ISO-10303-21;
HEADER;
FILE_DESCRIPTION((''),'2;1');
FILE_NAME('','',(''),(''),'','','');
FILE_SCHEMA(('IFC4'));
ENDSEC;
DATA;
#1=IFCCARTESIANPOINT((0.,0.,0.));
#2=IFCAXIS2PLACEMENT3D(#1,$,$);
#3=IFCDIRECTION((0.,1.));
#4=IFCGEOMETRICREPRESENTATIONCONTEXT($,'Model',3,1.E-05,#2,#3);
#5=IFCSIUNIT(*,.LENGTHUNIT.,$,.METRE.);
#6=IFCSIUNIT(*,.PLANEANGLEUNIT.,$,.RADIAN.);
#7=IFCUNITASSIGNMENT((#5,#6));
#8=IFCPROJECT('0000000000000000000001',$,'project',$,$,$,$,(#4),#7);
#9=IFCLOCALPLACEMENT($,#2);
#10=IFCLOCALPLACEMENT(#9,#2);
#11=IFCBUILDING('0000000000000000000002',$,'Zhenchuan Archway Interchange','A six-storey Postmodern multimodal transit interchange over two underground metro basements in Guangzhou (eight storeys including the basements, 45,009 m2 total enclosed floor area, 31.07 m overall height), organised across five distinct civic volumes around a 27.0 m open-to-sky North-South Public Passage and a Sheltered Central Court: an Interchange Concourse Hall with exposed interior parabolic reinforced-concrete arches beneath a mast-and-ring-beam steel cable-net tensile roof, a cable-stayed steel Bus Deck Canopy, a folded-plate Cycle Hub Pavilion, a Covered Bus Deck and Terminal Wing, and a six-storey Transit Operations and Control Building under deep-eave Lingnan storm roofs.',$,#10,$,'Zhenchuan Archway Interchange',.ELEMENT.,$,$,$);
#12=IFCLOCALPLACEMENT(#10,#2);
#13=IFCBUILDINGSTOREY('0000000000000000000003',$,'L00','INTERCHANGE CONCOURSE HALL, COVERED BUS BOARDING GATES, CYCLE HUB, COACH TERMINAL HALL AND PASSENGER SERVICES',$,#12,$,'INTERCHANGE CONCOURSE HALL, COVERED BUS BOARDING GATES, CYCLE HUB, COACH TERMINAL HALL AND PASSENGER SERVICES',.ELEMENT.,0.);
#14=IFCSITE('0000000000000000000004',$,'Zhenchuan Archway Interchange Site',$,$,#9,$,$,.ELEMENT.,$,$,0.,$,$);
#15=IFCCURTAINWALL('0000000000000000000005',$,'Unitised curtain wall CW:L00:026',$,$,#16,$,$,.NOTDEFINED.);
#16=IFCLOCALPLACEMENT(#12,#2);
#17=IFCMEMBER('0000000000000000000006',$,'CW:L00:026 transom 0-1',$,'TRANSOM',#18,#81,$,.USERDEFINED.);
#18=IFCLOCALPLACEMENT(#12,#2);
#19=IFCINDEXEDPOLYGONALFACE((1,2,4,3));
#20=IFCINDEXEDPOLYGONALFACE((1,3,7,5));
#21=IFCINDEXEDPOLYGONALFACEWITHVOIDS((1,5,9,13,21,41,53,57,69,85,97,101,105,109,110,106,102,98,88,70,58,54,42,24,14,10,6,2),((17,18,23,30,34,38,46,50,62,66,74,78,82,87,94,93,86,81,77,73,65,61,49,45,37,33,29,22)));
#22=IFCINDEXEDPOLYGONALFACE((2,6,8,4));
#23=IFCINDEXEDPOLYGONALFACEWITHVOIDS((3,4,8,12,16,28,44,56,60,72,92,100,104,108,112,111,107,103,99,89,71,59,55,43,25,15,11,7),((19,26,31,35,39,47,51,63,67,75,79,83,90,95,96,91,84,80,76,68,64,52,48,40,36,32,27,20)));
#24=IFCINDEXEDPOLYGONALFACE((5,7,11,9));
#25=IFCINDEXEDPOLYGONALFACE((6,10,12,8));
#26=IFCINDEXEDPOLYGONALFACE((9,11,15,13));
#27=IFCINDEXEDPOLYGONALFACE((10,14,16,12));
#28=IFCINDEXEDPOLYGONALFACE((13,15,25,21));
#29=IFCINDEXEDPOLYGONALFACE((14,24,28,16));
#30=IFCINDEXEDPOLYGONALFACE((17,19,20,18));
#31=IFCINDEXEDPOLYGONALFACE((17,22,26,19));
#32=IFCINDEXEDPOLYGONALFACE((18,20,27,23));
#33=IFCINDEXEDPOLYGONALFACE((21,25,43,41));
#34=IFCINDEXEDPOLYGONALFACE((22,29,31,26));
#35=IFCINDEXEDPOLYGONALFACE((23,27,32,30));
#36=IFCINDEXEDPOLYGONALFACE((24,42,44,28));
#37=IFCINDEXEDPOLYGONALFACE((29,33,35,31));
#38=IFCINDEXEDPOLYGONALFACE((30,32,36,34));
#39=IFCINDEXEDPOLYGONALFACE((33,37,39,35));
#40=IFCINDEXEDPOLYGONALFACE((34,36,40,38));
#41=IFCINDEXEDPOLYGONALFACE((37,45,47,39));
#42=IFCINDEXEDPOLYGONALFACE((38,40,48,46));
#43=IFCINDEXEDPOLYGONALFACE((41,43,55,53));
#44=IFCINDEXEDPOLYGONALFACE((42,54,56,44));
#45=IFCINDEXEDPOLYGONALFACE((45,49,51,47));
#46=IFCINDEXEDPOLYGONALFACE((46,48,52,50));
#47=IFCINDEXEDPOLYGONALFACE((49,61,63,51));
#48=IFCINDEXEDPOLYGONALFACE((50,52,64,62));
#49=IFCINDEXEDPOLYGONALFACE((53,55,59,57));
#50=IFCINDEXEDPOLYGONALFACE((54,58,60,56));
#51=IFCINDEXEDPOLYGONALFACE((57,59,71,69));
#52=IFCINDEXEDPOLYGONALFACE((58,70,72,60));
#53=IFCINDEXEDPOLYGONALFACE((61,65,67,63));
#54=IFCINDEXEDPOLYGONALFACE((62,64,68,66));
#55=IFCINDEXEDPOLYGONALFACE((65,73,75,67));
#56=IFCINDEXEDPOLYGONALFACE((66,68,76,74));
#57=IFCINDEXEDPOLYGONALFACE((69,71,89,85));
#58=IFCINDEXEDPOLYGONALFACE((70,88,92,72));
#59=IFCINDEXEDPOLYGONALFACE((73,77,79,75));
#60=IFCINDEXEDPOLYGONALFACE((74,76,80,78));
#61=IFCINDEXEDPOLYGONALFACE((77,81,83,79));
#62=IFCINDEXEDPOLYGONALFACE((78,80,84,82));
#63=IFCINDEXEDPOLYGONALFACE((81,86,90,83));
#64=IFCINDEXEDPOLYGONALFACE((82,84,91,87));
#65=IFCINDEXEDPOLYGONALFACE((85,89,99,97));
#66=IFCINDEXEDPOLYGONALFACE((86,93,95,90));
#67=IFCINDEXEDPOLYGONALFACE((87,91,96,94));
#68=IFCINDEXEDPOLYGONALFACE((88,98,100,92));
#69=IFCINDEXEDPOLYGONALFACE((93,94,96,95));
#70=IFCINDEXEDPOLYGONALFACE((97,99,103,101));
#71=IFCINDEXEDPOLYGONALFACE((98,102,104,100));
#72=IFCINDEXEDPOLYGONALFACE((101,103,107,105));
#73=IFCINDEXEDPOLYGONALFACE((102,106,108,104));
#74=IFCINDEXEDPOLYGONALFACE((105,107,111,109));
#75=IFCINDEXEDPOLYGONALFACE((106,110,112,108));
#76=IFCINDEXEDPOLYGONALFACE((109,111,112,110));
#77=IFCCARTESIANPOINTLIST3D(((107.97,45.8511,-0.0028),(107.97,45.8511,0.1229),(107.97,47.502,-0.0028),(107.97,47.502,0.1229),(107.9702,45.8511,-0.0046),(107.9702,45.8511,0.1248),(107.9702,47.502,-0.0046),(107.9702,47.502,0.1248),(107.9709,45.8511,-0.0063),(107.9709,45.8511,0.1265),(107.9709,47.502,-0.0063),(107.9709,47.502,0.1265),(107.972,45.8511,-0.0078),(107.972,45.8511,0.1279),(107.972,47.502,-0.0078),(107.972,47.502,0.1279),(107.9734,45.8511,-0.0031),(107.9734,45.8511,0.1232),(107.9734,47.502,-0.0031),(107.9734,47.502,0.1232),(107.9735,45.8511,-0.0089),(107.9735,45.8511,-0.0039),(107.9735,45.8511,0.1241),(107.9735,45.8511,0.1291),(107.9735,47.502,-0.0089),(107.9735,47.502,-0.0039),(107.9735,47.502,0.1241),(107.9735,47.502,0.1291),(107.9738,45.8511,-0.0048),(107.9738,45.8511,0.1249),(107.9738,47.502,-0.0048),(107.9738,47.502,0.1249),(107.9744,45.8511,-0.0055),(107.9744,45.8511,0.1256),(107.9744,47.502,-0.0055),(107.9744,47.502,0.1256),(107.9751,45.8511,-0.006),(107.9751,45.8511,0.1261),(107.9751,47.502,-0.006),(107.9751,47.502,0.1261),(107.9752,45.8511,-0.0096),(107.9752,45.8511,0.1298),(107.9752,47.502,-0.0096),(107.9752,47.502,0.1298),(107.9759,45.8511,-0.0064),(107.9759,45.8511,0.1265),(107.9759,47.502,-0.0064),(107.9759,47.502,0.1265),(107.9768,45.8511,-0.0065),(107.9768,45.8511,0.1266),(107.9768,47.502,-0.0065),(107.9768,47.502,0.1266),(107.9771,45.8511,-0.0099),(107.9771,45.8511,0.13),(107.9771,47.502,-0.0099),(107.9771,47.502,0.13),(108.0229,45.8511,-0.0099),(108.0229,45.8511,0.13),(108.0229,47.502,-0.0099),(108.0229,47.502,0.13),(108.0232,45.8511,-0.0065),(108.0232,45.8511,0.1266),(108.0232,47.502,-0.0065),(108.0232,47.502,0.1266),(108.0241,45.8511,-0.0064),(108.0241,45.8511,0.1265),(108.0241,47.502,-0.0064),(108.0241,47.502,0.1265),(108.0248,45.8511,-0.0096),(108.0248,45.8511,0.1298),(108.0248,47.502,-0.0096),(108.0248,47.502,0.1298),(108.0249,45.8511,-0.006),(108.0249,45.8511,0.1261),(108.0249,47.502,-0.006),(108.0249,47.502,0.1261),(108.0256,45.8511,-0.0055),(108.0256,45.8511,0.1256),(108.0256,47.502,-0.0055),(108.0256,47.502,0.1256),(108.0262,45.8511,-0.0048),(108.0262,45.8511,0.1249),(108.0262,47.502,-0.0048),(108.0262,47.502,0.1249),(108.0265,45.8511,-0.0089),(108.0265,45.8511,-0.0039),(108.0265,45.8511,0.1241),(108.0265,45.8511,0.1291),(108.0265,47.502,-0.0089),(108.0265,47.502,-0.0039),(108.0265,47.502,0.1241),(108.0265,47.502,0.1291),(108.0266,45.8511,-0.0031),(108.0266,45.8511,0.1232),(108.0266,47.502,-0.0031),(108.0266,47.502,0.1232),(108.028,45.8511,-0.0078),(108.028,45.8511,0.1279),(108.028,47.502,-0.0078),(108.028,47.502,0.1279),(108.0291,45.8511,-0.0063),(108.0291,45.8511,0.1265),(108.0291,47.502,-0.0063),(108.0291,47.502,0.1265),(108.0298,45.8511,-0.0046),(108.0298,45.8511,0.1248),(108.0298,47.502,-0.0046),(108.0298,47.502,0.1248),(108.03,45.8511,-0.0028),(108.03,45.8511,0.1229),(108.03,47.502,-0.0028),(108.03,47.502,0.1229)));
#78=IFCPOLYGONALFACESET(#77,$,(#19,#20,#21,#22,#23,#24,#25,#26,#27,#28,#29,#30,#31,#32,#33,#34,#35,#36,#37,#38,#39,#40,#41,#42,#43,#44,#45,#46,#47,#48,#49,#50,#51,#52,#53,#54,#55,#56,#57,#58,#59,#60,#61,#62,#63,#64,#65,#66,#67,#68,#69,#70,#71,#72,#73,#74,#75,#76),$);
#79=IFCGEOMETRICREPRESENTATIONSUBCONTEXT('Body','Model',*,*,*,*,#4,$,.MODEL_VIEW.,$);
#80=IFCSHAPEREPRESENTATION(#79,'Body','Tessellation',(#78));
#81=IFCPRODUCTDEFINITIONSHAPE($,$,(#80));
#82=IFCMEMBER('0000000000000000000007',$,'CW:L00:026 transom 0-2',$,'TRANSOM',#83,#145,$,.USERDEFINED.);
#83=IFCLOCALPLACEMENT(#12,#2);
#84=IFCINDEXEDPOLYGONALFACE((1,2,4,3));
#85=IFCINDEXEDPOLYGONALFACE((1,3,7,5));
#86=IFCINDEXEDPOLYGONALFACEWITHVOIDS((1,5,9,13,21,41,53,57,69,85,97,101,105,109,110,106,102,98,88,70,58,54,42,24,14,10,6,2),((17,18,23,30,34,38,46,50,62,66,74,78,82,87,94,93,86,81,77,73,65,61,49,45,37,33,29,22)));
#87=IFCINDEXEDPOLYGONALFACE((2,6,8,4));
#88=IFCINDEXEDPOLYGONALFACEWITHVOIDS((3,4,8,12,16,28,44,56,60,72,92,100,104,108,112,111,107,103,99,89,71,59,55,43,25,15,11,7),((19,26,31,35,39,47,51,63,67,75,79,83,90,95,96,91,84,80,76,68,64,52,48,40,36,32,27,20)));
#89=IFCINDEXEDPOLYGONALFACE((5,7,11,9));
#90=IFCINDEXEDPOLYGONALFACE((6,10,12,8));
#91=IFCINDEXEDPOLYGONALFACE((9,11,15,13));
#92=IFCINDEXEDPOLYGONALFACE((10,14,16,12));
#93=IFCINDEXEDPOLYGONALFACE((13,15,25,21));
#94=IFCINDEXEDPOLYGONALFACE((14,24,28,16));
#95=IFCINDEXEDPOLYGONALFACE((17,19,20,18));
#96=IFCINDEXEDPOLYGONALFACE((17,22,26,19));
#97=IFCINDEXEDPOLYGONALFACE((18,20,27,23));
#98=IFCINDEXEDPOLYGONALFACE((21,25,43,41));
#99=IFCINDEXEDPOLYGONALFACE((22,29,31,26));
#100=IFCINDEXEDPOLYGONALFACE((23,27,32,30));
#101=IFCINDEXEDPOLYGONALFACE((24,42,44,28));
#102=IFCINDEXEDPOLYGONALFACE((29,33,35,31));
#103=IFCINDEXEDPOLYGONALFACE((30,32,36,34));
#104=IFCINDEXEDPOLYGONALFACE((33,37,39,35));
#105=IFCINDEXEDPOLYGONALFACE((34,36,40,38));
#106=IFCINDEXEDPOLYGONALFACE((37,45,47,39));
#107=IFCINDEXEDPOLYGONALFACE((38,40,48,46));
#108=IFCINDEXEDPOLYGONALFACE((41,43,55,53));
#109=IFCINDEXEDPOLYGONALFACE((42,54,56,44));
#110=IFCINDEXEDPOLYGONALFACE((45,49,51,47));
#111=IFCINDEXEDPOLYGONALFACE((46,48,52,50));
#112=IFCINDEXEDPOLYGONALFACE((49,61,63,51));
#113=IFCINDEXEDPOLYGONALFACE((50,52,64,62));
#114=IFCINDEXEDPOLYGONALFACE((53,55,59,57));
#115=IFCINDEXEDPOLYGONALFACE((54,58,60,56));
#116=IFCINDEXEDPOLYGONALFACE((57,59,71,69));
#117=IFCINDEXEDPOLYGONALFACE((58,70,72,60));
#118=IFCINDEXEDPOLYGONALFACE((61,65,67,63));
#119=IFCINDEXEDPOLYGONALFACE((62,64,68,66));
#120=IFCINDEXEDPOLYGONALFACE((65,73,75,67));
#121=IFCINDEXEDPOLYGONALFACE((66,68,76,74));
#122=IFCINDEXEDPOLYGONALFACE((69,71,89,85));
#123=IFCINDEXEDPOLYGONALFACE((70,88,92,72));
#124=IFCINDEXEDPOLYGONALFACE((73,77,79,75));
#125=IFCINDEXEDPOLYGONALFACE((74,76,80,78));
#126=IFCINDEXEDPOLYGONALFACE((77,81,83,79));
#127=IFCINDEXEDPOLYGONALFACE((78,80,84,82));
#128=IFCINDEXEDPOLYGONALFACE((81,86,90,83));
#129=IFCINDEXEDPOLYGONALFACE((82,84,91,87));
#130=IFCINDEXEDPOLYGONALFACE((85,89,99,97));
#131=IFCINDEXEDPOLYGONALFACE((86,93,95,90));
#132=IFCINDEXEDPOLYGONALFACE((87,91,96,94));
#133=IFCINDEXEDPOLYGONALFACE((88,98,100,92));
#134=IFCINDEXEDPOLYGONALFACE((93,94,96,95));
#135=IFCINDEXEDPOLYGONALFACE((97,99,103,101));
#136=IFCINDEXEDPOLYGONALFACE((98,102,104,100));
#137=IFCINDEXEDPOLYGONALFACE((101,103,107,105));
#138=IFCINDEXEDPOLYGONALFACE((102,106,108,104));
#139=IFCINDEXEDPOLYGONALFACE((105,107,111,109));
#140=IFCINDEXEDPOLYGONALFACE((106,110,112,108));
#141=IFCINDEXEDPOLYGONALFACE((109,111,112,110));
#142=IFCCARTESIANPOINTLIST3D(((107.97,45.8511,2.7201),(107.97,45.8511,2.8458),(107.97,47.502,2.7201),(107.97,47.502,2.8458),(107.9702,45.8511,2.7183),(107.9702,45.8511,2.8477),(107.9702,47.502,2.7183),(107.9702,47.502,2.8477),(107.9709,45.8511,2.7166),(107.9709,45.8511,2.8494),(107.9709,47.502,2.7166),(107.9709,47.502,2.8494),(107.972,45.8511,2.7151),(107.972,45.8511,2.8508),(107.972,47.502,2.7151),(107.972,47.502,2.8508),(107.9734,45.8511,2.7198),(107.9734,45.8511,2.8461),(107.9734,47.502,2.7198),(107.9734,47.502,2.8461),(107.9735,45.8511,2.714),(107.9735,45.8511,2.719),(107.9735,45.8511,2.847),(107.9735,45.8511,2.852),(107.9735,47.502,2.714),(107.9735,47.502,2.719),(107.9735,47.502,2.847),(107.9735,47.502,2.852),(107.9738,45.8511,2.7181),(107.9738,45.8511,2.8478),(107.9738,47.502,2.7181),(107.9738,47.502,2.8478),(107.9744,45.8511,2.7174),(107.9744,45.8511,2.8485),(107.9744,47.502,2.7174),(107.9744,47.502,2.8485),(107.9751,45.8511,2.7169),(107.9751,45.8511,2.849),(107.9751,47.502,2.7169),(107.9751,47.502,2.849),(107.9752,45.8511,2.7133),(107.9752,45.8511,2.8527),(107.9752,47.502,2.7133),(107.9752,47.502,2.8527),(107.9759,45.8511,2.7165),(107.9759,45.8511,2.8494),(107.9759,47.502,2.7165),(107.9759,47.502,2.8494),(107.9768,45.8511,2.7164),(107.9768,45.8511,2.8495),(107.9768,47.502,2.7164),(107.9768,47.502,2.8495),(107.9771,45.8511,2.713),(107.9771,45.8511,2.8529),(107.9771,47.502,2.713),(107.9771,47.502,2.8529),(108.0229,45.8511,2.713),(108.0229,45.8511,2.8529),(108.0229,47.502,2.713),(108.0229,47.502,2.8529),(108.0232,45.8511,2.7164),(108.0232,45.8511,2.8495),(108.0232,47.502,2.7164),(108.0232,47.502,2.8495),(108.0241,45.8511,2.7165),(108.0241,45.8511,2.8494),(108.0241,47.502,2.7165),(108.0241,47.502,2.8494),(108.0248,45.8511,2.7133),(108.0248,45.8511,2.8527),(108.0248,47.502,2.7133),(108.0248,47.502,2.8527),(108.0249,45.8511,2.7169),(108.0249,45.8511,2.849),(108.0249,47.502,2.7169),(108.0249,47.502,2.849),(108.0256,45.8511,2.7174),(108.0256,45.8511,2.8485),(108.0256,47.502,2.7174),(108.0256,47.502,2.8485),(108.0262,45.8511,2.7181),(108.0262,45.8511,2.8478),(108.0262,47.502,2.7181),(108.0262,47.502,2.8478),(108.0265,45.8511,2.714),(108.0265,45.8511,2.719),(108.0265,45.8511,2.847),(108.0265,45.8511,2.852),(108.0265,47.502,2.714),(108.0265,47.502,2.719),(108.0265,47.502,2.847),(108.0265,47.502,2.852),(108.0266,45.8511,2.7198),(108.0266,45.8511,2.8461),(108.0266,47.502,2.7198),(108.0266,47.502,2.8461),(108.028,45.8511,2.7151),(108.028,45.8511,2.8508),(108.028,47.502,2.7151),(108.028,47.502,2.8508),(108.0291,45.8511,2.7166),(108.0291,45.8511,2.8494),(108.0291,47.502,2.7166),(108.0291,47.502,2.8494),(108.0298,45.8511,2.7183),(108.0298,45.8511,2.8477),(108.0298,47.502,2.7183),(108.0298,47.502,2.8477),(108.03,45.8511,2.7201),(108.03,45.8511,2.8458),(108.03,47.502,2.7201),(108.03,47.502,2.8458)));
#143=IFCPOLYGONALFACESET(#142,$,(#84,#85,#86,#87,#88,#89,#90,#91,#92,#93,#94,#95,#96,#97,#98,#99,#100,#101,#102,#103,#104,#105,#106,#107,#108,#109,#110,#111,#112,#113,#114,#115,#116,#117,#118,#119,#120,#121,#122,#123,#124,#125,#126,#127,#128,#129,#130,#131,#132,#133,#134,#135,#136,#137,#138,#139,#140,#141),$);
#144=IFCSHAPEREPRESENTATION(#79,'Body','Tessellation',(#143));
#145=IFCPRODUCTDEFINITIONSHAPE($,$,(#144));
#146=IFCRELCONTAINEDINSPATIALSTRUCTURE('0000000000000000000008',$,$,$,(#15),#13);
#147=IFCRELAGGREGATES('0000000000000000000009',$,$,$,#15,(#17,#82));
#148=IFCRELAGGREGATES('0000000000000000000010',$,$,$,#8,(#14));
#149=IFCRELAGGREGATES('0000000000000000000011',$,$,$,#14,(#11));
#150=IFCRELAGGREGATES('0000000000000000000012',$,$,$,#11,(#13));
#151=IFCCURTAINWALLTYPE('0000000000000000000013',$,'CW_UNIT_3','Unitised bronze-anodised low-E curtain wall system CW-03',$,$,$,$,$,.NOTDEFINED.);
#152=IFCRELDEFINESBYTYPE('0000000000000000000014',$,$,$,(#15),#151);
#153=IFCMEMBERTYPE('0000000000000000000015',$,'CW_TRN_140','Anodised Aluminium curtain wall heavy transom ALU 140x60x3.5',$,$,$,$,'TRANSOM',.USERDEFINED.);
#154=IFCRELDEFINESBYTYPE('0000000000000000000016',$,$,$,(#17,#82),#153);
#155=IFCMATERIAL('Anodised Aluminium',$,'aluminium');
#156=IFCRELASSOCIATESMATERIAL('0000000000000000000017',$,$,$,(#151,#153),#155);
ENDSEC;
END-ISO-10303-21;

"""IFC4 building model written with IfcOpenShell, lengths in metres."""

from ifc_helpers import new_model, si_unit, direction, frame, origin, origin_2d, place, context, subcontext, project, spatial, hollow_rectangle, extrude, material, material_profile, profile_set, type_object, element, aggregate, save


model = new_model("IFC4")

# Units and contexts
model_context = context("Model", 3, precision=1e-05, world=origin(), true_north=direction((0.0, 1.0)))
body_context = subcontext(model_context, "Body", "Model", "MODEL_VIEW")
ifc_project = project(units=[si_unit("LENGTHUNIT", "METRE"), si_unit("PLANEANGLEUNIT", "RADIAN")], contexts=[model_context])

# Site, building, storey
site_placement = place(None, origin())
site = spatial("IfcSite", under=ifc_project, at=site_placement, Name="Zhenchuan Archway Interchange Site", CompositionType="ELEMENT", RefElevation=0.0)
building_placement = place(site_placement, origin())
building = spatial("IfcBuilding", under=site, at=building_placement, Name="Zhenchuan Archway Interchange", Description="A six-storey Postmodern multimodal transit interchange over two underground metro basements in Guangzhou (eight storeys including the basements, 45,009 m2 total enclosed floor area, 31.07 m overall height), organised across five distinct civic volumes around a 27.0 m open-to-sky North-South Public Passage and a Sheltered Central Court: an Interchange Concourse Hall with exposed interior parabolic reinforced-concrete arches beneath a mast-and-ring-beam steel cable-net tensile roof, a cable-stayed steel Bus Deck Canopy, a folded-plate Cycle Hub Pavilion, a Covered Bus Deck and Terminal Wing, and a six-storey Transit Operations and Control Building under deep-eave Lingnan storm roofs.", LongName="Zhenchuan Archway Interchange", CompositionType="ELEMENT")
storey_placement = place(building_placement, origin())
storey = spatial("IfcBuildingStorey", under=building, at=storey_placement, Name="L00", Description="INTERCHANGE CONCOURSE HALL, COVERED BUS BOARDING GATES, CYCLE HUB, COACH TERMINAL HALL AND PASSENGER SERVICES", LongName="INTERCHANGE CONCOURSE HALL, COVERED BUS BOARDING GATES, CYCLE HUB, COACH TERMINAL HALL AND PASSENGER SERVICES", CompositionType="ELEMENT", Elevation=0.0)

# Curtain wall
ifc_material_1 = material(Name="Anodised Aluminium", Category="aluminium")
curtain_wall_type_1 = type_object("IfcCurtainWallType", Name="CW_UNIT_3", Description="Unitised bronze-anodised low-E curtain wall system CW-03", PredefinedType="NOTDEFINED", material=ifc_material_1)
curtain_wall_1_placement = place(storey_placement, origin())
curtain_wall_1 = element("IfcCurtainWall", 1, at=curtain_wall_1_placement, inside=storey, type_object=curtain_wall_type_1, Name="Unitised curtain wall CW:L00:026", PredefinedType="NOTDEFINED")

# Members
ifc_material_profile_1 = material_profile(ifc_material_1, hollow_rectangle(XDim=0.0601, YDim=0.1399, WallThickness=0.0034, InnerFilletRadius=0.0034, OuterFilletRadius=0.0071, at=origin_2d()), Name="ALU 140x60x3.5")
ifc_profile_set_1 = profile_set([ifc_material_profile_1], Name="Anodised Aluminium")
member_type_1 = type_object("IfcMemberType", Name="CW_TRN_140", Description="Anodised Aluminium curtain wall heavy transom ALU 140x60x3.5", ElementType="TRANSOM", PredefinedType="USERDEFINED", material=ifc_profile_set_1)
member_1_placement = place(storey_placement, frame((108.0, 47.502, 0.0601), z_axis=(0.0, -1.0, 0.0), x_axis=(1.0, 0.0, 0.0)))
member_1 = element("IfcMember", 2, at=member_1_placement, type_object=member_type_1, Name="CW:L00:026 transom 0-1", ObjectType="TRANSOM", PredefinedType="USERDEFINED", context=body_context, shape_type="SweptSolid", body=[
    extrude(hollow_rectangle(XDim=0.0601, YDim=0.1399, WallThickness=0.0034, InnerFilletRadius=0.0034, OuterFilletRadius=0.0071, at=origin_2d()), origin(), (0.0, 0.0, 1.0), 1.6509),
])
member_2_placement = place(storey_placement, frame((108.0, 47.502, 2.783), z_axis=(0.0, -1.0, 0.0), x_axis=(1.0, 0.0, 0.0)))
member_2 = element("IfcMember", 3, at=member_2_placement, type_object=member_type_1, Name="CW:L00:026 transom 0-2", ObjectType="TRANSOM", PredefinedType="USERDEFINED", context=body_context, shape_type="SweptSolid", body=[
    extrude(hollow_rectangle(XDim=0.0601, YDim=0.1399, WallThickness=0.0034, InnerFilletRadius=0.0034, OuterFilletRadius=0.0071, at=origin_2d()), origin(), (0.0, 0.0, 1.0), 1.6509),
])

aggregate(curtain_wall_1, [member_1, member_2])

save(model, "model.ifc")
